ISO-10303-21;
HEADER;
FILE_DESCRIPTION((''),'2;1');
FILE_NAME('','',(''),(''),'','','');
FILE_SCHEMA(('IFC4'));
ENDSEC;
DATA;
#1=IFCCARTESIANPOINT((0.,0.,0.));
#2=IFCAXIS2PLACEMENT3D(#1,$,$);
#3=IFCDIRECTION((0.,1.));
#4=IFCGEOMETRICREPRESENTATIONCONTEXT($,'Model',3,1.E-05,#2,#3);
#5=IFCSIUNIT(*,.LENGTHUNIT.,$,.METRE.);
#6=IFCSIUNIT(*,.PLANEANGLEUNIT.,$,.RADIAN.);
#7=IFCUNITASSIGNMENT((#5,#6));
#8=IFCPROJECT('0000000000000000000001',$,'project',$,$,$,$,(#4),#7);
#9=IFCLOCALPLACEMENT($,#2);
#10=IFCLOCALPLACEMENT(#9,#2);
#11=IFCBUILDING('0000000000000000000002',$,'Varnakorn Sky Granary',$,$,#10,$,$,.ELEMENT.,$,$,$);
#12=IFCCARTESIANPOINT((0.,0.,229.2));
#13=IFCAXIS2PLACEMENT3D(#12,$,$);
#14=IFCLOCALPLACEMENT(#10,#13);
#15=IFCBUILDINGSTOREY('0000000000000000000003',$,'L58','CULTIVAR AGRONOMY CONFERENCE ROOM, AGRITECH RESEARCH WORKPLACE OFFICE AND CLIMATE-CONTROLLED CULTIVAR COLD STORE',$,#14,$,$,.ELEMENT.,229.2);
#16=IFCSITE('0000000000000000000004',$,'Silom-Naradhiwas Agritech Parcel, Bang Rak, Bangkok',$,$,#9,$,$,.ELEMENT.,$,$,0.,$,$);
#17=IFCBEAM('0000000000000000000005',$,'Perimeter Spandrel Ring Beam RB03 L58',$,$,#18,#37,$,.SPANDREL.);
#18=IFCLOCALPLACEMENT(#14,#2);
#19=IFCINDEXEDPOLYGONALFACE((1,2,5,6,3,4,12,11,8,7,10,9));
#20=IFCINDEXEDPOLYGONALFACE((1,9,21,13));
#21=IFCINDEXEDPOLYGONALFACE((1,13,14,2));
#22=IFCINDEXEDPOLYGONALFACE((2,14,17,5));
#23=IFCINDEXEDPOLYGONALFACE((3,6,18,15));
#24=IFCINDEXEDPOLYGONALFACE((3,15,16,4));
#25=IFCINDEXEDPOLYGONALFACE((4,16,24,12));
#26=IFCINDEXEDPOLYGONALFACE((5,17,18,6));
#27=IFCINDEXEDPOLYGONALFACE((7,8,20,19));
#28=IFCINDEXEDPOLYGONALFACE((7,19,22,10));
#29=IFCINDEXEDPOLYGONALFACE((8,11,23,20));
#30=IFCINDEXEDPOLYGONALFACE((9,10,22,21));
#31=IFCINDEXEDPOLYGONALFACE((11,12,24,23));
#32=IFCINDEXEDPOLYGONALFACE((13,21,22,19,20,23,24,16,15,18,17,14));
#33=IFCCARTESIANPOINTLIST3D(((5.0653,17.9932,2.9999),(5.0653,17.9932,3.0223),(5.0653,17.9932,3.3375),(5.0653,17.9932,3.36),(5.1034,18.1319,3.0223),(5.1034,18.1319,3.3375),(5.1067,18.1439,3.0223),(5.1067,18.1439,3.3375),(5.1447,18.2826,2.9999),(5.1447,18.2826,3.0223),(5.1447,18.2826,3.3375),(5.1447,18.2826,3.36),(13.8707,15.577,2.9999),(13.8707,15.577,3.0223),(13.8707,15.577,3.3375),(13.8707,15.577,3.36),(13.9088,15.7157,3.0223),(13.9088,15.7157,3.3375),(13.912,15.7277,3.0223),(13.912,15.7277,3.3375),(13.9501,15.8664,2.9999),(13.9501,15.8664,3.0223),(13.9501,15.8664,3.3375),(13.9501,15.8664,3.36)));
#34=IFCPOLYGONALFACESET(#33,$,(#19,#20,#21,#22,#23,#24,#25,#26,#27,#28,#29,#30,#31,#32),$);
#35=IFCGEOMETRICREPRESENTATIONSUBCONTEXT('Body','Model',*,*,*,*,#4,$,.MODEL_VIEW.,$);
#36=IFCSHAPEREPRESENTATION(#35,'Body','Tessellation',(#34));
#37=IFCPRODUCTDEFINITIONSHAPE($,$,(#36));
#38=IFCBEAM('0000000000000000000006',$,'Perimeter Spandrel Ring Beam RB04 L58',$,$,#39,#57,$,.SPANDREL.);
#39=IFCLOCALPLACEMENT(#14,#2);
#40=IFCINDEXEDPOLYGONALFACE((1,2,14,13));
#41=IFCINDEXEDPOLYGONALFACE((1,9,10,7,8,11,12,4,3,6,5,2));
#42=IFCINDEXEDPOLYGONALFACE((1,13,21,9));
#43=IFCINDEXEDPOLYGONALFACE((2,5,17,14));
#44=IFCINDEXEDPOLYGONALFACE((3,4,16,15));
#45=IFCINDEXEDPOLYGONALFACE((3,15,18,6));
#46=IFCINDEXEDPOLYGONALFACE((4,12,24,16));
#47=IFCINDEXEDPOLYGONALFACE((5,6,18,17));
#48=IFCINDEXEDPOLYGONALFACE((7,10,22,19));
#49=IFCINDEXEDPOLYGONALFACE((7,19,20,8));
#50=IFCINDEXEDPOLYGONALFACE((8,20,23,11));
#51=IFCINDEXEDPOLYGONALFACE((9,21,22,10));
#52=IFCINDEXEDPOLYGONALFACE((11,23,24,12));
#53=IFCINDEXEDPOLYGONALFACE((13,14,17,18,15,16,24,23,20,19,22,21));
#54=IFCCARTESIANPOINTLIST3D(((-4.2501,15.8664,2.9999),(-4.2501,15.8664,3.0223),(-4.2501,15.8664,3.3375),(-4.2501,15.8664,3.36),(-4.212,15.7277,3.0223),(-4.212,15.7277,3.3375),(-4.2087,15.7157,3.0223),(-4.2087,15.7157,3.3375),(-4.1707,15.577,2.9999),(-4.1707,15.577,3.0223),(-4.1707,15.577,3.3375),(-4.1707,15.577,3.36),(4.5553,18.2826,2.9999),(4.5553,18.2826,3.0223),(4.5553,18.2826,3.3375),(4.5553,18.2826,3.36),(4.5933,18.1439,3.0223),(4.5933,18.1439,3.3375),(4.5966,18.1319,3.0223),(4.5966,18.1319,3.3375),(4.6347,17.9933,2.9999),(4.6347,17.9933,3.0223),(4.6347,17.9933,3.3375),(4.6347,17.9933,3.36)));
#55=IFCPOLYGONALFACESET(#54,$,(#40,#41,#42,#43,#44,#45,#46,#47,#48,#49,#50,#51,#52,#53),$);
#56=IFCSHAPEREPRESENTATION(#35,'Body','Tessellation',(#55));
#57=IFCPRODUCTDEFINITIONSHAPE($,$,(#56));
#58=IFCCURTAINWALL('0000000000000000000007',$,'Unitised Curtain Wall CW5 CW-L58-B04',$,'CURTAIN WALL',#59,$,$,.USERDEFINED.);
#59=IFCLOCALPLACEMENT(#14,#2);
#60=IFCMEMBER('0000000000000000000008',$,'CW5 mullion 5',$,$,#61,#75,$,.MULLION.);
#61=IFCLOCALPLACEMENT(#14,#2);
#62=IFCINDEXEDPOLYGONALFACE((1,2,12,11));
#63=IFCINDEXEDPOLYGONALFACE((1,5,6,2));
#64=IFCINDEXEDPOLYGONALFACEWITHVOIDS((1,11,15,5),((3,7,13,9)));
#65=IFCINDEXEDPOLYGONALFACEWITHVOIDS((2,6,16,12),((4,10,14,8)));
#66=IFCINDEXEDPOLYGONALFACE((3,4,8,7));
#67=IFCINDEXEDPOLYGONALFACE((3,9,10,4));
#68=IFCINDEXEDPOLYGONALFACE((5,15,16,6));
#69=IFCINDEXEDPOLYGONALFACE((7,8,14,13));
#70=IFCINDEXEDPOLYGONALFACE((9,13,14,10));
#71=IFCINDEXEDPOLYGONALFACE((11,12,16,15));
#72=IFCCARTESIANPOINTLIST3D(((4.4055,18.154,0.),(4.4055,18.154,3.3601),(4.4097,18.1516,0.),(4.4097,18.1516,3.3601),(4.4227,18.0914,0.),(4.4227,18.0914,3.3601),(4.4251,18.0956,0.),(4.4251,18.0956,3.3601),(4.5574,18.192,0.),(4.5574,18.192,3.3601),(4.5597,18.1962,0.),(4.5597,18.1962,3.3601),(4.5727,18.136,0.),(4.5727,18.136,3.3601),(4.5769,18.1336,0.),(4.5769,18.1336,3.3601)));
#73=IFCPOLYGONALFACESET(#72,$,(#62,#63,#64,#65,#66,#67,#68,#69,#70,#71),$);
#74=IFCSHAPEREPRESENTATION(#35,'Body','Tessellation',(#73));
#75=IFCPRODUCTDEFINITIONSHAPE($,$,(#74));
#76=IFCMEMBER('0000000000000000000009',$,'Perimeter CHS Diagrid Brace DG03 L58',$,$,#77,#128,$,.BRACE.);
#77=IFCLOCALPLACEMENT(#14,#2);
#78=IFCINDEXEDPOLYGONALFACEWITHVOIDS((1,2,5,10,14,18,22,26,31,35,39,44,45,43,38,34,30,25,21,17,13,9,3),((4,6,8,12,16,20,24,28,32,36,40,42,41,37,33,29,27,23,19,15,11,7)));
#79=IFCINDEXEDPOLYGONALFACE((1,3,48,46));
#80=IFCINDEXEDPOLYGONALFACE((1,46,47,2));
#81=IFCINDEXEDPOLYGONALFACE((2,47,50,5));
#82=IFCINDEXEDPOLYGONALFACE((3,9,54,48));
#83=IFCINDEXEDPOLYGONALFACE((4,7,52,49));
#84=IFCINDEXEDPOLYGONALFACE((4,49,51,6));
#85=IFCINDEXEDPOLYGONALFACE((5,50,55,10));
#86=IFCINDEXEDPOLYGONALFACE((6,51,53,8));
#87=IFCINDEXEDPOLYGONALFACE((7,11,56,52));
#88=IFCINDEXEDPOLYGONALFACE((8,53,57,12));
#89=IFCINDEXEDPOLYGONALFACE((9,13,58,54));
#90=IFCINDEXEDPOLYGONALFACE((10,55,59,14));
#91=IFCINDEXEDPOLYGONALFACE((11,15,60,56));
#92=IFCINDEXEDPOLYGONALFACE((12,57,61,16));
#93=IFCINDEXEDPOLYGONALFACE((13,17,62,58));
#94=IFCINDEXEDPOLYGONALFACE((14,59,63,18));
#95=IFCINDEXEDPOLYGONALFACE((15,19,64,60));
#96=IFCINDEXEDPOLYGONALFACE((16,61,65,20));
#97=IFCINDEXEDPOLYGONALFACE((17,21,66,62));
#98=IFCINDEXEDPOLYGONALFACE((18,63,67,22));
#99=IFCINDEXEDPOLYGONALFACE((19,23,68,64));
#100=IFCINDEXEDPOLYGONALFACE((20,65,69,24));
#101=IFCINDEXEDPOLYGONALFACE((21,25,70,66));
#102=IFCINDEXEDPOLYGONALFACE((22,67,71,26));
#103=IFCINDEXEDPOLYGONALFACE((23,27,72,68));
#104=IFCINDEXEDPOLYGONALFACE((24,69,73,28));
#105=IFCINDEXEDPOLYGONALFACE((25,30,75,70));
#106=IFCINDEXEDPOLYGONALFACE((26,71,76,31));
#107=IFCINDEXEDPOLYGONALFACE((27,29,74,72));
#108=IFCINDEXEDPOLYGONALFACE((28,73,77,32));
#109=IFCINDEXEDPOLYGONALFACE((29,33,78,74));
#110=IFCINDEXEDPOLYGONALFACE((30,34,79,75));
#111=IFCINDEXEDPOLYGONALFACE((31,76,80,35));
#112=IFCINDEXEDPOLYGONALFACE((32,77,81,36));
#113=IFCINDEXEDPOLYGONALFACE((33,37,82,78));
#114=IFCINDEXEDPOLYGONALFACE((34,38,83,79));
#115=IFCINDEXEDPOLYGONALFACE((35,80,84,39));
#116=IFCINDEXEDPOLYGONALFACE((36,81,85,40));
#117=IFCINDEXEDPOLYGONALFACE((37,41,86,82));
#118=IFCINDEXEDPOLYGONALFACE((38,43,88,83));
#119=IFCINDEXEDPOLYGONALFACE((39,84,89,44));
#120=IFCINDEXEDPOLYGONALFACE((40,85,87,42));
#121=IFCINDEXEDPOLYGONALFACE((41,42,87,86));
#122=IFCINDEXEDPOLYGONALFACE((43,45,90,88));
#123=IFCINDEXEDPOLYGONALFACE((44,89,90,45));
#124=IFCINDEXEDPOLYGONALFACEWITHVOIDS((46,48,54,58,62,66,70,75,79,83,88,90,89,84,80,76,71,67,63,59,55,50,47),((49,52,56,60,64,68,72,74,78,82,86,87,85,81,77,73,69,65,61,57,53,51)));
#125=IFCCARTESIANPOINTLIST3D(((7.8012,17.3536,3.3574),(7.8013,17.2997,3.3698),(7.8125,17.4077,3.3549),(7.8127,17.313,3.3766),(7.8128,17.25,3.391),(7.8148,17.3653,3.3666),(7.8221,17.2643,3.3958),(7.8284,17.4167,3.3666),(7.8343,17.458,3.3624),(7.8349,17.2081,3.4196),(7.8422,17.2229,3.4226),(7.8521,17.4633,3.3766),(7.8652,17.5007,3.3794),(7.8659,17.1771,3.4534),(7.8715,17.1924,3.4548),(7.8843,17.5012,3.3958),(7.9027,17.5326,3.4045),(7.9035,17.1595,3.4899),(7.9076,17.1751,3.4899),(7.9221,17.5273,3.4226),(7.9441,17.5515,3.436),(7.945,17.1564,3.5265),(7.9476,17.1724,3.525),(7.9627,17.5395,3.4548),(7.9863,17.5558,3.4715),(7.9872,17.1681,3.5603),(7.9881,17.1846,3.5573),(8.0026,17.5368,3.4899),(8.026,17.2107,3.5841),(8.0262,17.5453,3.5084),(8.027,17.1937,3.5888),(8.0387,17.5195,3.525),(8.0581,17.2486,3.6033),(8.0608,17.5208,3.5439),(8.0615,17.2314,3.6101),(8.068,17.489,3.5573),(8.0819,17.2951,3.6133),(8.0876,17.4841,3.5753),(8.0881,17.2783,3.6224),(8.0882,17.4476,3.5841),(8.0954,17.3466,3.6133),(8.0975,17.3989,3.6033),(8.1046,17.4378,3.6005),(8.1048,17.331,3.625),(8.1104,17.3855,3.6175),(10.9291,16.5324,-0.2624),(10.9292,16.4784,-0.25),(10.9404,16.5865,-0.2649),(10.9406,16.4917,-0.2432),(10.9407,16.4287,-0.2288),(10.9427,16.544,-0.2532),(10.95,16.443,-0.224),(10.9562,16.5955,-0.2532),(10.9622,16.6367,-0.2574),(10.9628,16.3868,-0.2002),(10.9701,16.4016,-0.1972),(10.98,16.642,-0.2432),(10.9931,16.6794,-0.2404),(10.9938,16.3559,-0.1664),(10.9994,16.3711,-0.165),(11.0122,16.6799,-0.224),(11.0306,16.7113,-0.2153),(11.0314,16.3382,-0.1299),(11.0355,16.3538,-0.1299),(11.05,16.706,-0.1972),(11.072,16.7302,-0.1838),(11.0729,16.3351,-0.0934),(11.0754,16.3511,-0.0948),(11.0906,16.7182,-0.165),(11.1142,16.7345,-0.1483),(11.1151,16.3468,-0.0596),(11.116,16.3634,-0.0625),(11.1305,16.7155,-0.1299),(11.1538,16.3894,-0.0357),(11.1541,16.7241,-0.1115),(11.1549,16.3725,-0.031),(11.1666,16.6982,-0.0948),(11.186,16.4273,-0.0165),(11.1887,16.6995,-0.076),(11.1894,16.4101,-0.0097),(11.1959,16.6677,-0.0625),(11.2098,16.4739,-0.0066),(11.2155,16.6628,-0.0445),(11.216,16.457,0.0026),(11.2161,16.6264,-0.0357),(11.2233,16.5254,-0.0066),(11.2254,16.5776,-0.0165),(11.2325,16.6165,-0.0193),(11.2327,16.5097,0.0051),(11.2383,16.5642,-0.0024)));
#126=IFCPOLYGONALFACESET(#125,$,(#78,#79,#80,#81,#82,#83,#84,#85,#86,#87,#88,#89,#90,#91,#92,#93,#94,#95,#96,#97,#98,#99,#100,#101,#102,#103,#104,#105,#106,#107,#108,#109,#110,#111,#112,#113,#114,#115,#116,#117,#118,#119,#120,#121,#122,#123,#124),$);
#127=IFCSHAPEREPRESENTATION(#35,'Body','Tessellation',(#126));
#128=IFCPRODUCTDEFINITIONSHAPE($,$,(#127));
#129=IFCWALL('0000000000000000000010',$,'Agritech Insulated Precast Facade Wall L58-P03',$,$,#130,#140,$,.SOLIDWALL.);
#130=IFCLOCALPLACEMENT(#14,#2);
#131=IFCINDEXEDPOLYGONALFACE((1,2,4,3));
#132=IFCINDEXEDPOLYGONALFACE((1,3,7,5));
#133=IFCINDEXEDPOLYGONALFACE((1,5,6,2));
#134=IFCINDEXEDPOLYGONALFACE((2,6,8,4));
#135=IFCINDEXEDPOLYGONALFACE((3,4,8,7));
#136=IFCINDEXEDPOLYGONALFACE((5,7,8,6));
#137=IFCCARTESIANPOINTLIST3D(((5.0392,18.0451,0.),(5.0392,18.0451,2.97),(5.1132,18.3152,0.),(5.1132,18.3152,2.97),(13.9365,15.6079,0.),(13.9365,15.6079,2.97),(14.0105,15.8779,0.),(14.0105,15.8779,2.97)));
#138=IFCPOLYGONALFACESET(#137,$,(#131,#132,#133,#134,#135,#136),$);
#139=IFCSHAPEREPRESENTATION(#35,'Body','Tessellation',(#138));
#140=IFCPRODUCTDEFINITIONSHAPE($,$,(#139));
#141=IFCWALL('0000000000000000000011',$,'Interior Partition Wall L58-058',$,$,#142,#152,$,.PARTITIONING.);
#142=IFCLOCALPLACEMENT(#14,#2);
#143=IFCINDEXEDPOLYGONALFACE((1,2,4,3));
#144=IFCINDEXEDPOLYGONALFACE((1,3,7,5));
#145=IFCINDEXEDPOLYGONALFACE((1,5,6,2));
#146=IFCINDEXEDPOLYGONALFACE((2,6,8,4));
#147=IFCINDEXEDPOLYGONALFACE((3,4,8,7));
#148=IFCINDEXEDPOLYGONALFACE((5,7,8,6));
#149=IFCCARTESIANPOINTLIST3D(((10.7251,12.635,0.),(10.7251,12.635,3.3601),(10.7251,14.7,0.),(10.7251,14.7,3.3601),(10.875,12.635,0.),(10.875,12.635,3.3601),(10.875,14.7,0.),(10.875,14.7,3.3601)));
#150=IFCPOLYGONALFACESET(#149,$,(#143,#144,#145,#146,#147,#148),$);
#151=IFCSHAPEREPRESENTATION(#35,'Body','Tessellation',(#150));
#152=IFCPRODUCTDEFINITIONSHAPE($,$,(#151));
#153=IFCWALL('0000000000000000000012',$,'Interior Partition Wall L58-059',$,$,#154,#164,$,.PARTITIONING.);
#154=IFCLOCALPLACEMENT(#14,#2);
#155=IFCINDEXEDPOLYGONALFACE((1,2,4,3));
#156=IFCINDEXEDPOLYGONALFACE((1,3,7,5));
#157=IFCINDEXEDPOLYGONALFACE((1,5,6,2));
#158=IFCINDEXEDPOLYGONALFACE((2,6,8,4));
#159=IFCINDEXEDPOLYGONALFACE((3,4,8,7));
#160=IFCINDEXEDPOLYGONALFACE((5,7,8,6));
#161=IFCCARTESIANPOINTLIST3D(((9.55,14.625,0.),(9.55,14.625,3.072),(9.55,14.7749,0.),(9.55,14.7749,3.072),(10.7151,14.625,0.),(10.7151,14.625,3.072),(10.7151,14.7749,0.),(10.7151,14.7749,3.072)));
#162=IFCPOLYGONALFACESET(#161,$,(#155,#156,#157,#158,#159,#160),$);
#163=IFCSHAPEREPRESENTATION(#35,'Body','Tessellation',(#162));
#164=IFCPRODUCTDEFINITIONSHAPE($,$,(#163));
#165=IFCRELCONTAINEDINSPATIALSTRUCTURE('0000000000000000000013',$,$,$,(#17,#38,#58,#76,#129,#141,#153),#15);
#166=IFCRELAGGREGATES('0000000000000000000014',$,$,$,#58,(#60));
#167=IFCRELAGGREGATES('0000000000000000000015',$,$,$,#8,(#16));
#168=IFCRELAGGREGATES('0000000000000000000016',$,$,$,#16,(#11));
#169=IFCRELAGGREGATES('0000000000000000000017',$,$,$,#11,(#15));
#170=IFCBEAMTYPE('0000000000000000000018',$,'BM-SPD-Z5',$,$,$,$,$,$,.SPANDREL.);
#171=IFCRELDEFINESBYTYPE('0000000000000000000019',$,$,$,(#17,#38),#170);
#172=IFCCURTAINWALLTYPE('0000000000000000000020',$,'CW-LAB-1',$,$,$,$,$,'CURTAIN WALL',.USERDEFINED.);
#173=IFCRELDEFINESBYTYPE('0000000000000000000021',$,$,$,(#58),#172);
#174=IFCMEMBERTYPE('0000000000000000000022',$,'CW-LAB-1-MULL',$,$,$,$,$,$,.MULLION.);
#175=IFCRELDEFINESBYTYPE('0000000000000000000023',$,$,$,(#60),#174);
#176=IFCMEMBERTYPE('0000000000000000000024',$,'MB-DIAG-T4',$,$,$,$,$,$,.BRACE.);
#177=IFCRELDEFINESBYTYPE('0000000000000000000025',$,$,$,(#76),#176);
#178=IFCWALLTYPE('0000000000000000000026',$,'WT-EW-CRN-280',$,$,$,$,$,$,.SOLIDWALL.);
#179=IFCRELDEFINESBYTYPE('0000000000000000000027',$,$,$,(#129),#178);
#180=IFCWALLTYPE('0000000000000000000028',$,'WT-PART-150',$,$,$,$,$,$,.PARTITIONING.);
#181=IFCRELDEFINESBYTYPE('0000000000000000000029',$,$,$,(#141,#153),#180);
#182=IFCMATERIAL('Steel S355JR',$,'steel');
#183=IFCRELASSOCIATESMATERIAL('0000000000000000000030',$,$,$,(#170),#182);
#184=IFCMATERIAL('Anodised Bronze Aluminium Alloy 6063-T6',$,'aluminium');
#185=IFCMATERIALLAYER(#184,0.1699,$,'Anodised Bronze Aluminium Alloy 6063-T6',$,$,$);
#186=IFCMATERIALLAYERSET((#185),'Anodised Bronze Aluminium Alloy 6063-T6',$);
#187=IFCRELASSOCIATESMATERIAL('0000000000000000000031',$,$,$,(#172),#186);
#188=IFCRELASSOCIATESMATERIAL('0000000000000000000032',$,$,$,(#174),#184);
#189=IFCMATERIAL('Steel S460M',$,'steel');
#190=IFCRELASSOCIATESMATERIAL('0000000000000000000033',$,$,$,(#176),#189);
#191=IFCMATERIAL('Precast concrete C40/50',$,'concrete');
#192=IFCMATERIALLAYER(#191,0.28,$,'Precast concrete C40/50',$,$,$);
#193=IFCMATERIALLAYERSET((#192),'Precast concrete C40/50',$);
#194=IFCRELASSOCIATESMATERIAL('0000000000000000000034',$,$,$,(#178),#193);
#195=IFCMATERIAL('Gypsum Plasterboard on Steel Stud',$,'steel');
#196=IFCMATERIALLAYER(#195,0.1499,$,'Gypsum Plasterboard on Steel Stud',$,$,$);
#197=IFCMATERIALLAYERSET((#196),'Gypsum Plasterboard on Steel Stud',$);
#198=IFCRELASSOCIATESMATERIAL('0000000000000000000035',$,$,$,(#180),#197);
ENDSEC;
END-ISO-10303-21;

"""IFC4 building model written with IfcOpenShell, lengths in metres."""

from ifc_helpers import new_model, si_unit, direction, frame, frame_2d, origin, origin_2d, place, context, subcontext, project, spatial, rectangle, hollow_rectangle, hollow_circle, i_section, extrude, material, layer, layer_set, material_profile, profile_set, type_object, element, aggregate, save


model = new_model("IFC4")

# Units and contexts
model_context = context("Model", 3, precision=1e-05, world=origin(), true_north=direction((0.0, 1.0)))
body_context = subcontext(model_context, "Body", "Model", "MODEL_VIEW")
ifc_project = project(units=[si_unit("LENGTHUNIT", "METRE"), si_unit("PLANEANGLEUNIT", "RADIAN")], contexts=[model_context])

# Site, building, storey
site_placement = place(None, origin())
site = spatial("IfcSite", under=ifc_project, at=site_placement, Name="Silom-Naradhiwas Agritech Parcel, Bang Rak, Bangkok", CompositionType="ELEMENT", RefElevation=0.0)
building_placement = place(site_placement, origin())
building = spatial("IfcBuilding", under=site, at=building_placement, Name="Varnakorn Sky Granary", CompositionType="ELEMENT")
storey_placement = place(building_placement, frame((0.0, 0.0, 229.2)))
storey = spatial("IfcBuildingStorey", under=building, at=storey_placement, Name="L58", Description="CULTIVAR AGRONOMY CONFERENCE ROOM, AGRITECH RESEARCH WORKPLACE OFFICE AND CLIMATE-CONTROLLED CULTIVAR COLD STORE", CompositionType="ELEMENT", Elevation=229.2)

# Shared definitions
ifc_material_1 = material(Name="Steel S460M", Category="steel")

# Beams
ifc_material_2 = material(Name="Steel S355JR", Category="steel")
ifc_material_profile_1 = material_profile(ifc_material_2, i_section(OverallWidth=0.3, OverallDepth=0.3601, WebThickness=0.0125, FlangeThickness=0.0225, at=origin_2d()), Name="HE 360 B")
ifc_profile_set_1 = profile_set([ifc_material_profile_1], Name="Steel S355JR")
beam_type_1 = type_object("IfcBeamType", Name="BM-SPD-Z5", PredefinedType="SPANDREL", material=ifc_profile_set_1)
for number, where, z_axis, x_axis, name in (
    (1, (13.9104, 15.7217, 3.1799), (-0.964352, 0.264624, 0.0), (-0.264624, -0.964352, 0.0), "Perimeter Spandrel Ring Beam RB03 L58"),
    (2, (4.595, 18.1379, 3.1799), (-0.964352, -0.264624, 0.0), (0.264624, -0.964352, 0.0), "Perimeter Spandrel Ring Beam RB04 L58"),
):
    element("IfcBeam", number, at=place(storey_placement, frame(where, z_axis=z_axis, x_axis=x_axis)), inside=storey, type_object=beam_type_1, Name=name, PredefinedType="SPANDREL", context=body_context, shape_type="SweptSolid", body=[
        extrude(i_section(OverallWidth=0.3, OverallDepth=0.3601, WebThickness=0.0125, FlangeThickness=0.0225, at=origin_2d()), origin(), (0.0, 0.0, 1.0), 9.1309),
    ])

# Curtain wall, member
ifc_material_3 = material(Name="Anodised Bronze Aluminium Alloy 6063-T6", Category="aluminium")
ifc_layer_1 = layer(ifc_material_3, 0.1699, Name="Anodised Bronze Aluminium Alloy 6063-T6")
ifc_layer_set_1 = layer_set([ifc_layer_1], Name="Anodised Bronze Aluminium Alloy 6063-T6")
curtain_wall_type = type_object("IfcCurtainWallType", Name="CW-LAB-1", ElementType="CURTAIN WALL", PredefinedType="USERDEFINED", material=ifc_layer_set_1)
curtain_wall_placement = place(storey_placement, origin())
curtain_wall = element("IfcCurtainWall", 3, at=curtain_wall_placement, inside=storey, type_object=curtain_wall_type, Name="Unitised Curtain Wall CW5 CW-L58-B04", ObjectType="CURTAIN WALL", PredefinedType="USERDEFINED")
ifc_material_profile_2 = material_profile(ifc_material_3, hollow_rectangle(XDim=0.0649, YDim=0.1599, WallThickness=0.0034, at=origin_2d()), Name="ALU MULL 65x160")
ifc_profile_set_2 = profile_set([ifc_material_profile_2], Name="Anodised Bronze Aluminium Alloy 6063-T6")
member_type_1 = type_object("IfcMemberType", Name="CW-LAB-1-MULL", PredefinedType="MULLION", material=ifc_profile_set_2)
member_1_placement = place(storey_placement, frame((4.4912, 18.1438, 0.0), z_axis=(0.0, 0.0, 1.0), x_axis=(-0.264172, 0.964476, 0.0)))
member_1 = element("IfcMember", 4, at=member_1_placement, type_object=member_type_1, Name="CW5 mullion 5", PredefinedType="MULLION", context=body_context, shape_type="SweptSolid", body=[
    extrude(hollow_rectangle(XDim=0.0649, YDim=0.1599, WallThickness=0.0034, at=origin_2d()), origin(), (0.0, 0.0, 1.0), 3.3601),
])
aggregate(curtain_wall, [member_1])

# Member
ifc_material_profile_3 = material_profile(ifc_material_1, hollow_circle(Radius=0.2031, WallThickness=0.0161, at=origin_2d()), Name="CHS 406.4x16")
ifc_profile_set_3 = profile_set([ifc_material_profile_3], Name="Steel S460M")
member_type_2 = type_object("IfcMemberType", Name="MB-DIAG-T4", PredefinedType="BRACE", material=ifc_profile_set_3)
member_2_placement = place(storey_placement, frame((11.083, 16.5347, -0.1299), z_axis=(-0.644394, 0.169196, 0.745741), x_axis=(-0.253958, -0.967215, 0.0)))
element("IfcMember", 5, at=member_2_placement, inside=storey, type_object=member_type_2, Name="Perimeter CHS Diagrid Brace DG03 L58", PredefinedType="BRACE", context=body_context, shape_type="SweptSolid", body=[
    extrude(hollow_circle(Radius=0.2031, WallThickness=0.0161, at=origin_2d()), origin(), (0.0, 0.0, 1.0), 4.854),
])

# Walls
ifc_material_4 = material(Name="Precast concrete C40/50", Category="concrete")
ifc_layer_2 = layer(ifc_material_4, 0.28, Name="Precast concrete C40/50")
ifc_layer_set_2 = layer_set([ifc_layer_2], Name="Precast concrete C40/50")
wall_type_1 = type_object("IfcWallType", Name="WT-EW-CRN-280", PredefinedType="SOLIDWALL", material=ifc_layer_set_2)
wall_1_placement = place(storey_placement, frame((5.0762, 18.1802, 0.0), z_axis=(0.0, 0.0, 1.0), x_axis=(0.964468, -0.264201, 0.0)))
element("IfcWall", 6, at=wall_1_placement, inside=storey, type_object=wall_type_1, Name="Agritech Insulated Precast Facade Wall L58-P03", PredefinedType="SOLIDWALL", context=body_context, shape_type="SweptSolid", body=[
    extrude(rectangle(XDim=9.2251, YDim=0.28, at=frame_2d((4.6125, 0.0))), origin(), (0.0, 0.0, 1.0), 2.97),
])
ifc_material_5 = material(Name="Gypsum Plasterboard on Steel Stud", Category="steel")
ifc_layer_3 = layer(ifc_material_5, 0.1499, Name="Gypsum Plasterboard on Steel Stud")
ifc_layer_set_3 = layer_set([ifc_layer_3], Name="Gypsum Plasterboard on Steel Stud")
wall_type_2 = type_object("IfcWallType", Name="WT-PART-150", PredefinedType="PARTITIONING", material=ifc_layer_set_3)
wall_2_placement = place(storey_placement, frame((10.8, 12.635, 0.0), z_axis=(0.0, 0.0, 1.0), x_axis=(0.0, 1.0, 0.0)))
element("IfcWall", 7, at=wall_2_placement, inside=storey, type_object=wall_type_2, Name="Interior Partition Wall L58-058", PredefinedType="PARTITIONING", context=body_context, shape_type="SweptSolid", body=[
    extrude(rectangle(XDim=2.0649, YDim=0.1499, at=frame_2d((1.0325, 0.0))), origin(), (0.0, 0.0, 1.0), 3.3601),
])
wall_3_placement = place(storey_placement, frame((10.7151, 14.7, 0.0), z_axis=(0.0, 0.0, 1.0), x_axis=(-1.0, 0.0, 0.0)))
element("IfcWall", 8, at=wall_3_placement, inside=storey, type_object=wall_type_2, Name="Interior Partition Wall L58-059", PredefinedType="PARTITIONING", context=body_context, shape_type="SweptSolid", body=[
    extrude(rectangle(XDim=1.165, YDim=0.1499, at=frame_2d((0.5825, 0.0))), origin(), (0.0, 0.0, 1.0), 3.072),
])

save(model, "model.ifc")
